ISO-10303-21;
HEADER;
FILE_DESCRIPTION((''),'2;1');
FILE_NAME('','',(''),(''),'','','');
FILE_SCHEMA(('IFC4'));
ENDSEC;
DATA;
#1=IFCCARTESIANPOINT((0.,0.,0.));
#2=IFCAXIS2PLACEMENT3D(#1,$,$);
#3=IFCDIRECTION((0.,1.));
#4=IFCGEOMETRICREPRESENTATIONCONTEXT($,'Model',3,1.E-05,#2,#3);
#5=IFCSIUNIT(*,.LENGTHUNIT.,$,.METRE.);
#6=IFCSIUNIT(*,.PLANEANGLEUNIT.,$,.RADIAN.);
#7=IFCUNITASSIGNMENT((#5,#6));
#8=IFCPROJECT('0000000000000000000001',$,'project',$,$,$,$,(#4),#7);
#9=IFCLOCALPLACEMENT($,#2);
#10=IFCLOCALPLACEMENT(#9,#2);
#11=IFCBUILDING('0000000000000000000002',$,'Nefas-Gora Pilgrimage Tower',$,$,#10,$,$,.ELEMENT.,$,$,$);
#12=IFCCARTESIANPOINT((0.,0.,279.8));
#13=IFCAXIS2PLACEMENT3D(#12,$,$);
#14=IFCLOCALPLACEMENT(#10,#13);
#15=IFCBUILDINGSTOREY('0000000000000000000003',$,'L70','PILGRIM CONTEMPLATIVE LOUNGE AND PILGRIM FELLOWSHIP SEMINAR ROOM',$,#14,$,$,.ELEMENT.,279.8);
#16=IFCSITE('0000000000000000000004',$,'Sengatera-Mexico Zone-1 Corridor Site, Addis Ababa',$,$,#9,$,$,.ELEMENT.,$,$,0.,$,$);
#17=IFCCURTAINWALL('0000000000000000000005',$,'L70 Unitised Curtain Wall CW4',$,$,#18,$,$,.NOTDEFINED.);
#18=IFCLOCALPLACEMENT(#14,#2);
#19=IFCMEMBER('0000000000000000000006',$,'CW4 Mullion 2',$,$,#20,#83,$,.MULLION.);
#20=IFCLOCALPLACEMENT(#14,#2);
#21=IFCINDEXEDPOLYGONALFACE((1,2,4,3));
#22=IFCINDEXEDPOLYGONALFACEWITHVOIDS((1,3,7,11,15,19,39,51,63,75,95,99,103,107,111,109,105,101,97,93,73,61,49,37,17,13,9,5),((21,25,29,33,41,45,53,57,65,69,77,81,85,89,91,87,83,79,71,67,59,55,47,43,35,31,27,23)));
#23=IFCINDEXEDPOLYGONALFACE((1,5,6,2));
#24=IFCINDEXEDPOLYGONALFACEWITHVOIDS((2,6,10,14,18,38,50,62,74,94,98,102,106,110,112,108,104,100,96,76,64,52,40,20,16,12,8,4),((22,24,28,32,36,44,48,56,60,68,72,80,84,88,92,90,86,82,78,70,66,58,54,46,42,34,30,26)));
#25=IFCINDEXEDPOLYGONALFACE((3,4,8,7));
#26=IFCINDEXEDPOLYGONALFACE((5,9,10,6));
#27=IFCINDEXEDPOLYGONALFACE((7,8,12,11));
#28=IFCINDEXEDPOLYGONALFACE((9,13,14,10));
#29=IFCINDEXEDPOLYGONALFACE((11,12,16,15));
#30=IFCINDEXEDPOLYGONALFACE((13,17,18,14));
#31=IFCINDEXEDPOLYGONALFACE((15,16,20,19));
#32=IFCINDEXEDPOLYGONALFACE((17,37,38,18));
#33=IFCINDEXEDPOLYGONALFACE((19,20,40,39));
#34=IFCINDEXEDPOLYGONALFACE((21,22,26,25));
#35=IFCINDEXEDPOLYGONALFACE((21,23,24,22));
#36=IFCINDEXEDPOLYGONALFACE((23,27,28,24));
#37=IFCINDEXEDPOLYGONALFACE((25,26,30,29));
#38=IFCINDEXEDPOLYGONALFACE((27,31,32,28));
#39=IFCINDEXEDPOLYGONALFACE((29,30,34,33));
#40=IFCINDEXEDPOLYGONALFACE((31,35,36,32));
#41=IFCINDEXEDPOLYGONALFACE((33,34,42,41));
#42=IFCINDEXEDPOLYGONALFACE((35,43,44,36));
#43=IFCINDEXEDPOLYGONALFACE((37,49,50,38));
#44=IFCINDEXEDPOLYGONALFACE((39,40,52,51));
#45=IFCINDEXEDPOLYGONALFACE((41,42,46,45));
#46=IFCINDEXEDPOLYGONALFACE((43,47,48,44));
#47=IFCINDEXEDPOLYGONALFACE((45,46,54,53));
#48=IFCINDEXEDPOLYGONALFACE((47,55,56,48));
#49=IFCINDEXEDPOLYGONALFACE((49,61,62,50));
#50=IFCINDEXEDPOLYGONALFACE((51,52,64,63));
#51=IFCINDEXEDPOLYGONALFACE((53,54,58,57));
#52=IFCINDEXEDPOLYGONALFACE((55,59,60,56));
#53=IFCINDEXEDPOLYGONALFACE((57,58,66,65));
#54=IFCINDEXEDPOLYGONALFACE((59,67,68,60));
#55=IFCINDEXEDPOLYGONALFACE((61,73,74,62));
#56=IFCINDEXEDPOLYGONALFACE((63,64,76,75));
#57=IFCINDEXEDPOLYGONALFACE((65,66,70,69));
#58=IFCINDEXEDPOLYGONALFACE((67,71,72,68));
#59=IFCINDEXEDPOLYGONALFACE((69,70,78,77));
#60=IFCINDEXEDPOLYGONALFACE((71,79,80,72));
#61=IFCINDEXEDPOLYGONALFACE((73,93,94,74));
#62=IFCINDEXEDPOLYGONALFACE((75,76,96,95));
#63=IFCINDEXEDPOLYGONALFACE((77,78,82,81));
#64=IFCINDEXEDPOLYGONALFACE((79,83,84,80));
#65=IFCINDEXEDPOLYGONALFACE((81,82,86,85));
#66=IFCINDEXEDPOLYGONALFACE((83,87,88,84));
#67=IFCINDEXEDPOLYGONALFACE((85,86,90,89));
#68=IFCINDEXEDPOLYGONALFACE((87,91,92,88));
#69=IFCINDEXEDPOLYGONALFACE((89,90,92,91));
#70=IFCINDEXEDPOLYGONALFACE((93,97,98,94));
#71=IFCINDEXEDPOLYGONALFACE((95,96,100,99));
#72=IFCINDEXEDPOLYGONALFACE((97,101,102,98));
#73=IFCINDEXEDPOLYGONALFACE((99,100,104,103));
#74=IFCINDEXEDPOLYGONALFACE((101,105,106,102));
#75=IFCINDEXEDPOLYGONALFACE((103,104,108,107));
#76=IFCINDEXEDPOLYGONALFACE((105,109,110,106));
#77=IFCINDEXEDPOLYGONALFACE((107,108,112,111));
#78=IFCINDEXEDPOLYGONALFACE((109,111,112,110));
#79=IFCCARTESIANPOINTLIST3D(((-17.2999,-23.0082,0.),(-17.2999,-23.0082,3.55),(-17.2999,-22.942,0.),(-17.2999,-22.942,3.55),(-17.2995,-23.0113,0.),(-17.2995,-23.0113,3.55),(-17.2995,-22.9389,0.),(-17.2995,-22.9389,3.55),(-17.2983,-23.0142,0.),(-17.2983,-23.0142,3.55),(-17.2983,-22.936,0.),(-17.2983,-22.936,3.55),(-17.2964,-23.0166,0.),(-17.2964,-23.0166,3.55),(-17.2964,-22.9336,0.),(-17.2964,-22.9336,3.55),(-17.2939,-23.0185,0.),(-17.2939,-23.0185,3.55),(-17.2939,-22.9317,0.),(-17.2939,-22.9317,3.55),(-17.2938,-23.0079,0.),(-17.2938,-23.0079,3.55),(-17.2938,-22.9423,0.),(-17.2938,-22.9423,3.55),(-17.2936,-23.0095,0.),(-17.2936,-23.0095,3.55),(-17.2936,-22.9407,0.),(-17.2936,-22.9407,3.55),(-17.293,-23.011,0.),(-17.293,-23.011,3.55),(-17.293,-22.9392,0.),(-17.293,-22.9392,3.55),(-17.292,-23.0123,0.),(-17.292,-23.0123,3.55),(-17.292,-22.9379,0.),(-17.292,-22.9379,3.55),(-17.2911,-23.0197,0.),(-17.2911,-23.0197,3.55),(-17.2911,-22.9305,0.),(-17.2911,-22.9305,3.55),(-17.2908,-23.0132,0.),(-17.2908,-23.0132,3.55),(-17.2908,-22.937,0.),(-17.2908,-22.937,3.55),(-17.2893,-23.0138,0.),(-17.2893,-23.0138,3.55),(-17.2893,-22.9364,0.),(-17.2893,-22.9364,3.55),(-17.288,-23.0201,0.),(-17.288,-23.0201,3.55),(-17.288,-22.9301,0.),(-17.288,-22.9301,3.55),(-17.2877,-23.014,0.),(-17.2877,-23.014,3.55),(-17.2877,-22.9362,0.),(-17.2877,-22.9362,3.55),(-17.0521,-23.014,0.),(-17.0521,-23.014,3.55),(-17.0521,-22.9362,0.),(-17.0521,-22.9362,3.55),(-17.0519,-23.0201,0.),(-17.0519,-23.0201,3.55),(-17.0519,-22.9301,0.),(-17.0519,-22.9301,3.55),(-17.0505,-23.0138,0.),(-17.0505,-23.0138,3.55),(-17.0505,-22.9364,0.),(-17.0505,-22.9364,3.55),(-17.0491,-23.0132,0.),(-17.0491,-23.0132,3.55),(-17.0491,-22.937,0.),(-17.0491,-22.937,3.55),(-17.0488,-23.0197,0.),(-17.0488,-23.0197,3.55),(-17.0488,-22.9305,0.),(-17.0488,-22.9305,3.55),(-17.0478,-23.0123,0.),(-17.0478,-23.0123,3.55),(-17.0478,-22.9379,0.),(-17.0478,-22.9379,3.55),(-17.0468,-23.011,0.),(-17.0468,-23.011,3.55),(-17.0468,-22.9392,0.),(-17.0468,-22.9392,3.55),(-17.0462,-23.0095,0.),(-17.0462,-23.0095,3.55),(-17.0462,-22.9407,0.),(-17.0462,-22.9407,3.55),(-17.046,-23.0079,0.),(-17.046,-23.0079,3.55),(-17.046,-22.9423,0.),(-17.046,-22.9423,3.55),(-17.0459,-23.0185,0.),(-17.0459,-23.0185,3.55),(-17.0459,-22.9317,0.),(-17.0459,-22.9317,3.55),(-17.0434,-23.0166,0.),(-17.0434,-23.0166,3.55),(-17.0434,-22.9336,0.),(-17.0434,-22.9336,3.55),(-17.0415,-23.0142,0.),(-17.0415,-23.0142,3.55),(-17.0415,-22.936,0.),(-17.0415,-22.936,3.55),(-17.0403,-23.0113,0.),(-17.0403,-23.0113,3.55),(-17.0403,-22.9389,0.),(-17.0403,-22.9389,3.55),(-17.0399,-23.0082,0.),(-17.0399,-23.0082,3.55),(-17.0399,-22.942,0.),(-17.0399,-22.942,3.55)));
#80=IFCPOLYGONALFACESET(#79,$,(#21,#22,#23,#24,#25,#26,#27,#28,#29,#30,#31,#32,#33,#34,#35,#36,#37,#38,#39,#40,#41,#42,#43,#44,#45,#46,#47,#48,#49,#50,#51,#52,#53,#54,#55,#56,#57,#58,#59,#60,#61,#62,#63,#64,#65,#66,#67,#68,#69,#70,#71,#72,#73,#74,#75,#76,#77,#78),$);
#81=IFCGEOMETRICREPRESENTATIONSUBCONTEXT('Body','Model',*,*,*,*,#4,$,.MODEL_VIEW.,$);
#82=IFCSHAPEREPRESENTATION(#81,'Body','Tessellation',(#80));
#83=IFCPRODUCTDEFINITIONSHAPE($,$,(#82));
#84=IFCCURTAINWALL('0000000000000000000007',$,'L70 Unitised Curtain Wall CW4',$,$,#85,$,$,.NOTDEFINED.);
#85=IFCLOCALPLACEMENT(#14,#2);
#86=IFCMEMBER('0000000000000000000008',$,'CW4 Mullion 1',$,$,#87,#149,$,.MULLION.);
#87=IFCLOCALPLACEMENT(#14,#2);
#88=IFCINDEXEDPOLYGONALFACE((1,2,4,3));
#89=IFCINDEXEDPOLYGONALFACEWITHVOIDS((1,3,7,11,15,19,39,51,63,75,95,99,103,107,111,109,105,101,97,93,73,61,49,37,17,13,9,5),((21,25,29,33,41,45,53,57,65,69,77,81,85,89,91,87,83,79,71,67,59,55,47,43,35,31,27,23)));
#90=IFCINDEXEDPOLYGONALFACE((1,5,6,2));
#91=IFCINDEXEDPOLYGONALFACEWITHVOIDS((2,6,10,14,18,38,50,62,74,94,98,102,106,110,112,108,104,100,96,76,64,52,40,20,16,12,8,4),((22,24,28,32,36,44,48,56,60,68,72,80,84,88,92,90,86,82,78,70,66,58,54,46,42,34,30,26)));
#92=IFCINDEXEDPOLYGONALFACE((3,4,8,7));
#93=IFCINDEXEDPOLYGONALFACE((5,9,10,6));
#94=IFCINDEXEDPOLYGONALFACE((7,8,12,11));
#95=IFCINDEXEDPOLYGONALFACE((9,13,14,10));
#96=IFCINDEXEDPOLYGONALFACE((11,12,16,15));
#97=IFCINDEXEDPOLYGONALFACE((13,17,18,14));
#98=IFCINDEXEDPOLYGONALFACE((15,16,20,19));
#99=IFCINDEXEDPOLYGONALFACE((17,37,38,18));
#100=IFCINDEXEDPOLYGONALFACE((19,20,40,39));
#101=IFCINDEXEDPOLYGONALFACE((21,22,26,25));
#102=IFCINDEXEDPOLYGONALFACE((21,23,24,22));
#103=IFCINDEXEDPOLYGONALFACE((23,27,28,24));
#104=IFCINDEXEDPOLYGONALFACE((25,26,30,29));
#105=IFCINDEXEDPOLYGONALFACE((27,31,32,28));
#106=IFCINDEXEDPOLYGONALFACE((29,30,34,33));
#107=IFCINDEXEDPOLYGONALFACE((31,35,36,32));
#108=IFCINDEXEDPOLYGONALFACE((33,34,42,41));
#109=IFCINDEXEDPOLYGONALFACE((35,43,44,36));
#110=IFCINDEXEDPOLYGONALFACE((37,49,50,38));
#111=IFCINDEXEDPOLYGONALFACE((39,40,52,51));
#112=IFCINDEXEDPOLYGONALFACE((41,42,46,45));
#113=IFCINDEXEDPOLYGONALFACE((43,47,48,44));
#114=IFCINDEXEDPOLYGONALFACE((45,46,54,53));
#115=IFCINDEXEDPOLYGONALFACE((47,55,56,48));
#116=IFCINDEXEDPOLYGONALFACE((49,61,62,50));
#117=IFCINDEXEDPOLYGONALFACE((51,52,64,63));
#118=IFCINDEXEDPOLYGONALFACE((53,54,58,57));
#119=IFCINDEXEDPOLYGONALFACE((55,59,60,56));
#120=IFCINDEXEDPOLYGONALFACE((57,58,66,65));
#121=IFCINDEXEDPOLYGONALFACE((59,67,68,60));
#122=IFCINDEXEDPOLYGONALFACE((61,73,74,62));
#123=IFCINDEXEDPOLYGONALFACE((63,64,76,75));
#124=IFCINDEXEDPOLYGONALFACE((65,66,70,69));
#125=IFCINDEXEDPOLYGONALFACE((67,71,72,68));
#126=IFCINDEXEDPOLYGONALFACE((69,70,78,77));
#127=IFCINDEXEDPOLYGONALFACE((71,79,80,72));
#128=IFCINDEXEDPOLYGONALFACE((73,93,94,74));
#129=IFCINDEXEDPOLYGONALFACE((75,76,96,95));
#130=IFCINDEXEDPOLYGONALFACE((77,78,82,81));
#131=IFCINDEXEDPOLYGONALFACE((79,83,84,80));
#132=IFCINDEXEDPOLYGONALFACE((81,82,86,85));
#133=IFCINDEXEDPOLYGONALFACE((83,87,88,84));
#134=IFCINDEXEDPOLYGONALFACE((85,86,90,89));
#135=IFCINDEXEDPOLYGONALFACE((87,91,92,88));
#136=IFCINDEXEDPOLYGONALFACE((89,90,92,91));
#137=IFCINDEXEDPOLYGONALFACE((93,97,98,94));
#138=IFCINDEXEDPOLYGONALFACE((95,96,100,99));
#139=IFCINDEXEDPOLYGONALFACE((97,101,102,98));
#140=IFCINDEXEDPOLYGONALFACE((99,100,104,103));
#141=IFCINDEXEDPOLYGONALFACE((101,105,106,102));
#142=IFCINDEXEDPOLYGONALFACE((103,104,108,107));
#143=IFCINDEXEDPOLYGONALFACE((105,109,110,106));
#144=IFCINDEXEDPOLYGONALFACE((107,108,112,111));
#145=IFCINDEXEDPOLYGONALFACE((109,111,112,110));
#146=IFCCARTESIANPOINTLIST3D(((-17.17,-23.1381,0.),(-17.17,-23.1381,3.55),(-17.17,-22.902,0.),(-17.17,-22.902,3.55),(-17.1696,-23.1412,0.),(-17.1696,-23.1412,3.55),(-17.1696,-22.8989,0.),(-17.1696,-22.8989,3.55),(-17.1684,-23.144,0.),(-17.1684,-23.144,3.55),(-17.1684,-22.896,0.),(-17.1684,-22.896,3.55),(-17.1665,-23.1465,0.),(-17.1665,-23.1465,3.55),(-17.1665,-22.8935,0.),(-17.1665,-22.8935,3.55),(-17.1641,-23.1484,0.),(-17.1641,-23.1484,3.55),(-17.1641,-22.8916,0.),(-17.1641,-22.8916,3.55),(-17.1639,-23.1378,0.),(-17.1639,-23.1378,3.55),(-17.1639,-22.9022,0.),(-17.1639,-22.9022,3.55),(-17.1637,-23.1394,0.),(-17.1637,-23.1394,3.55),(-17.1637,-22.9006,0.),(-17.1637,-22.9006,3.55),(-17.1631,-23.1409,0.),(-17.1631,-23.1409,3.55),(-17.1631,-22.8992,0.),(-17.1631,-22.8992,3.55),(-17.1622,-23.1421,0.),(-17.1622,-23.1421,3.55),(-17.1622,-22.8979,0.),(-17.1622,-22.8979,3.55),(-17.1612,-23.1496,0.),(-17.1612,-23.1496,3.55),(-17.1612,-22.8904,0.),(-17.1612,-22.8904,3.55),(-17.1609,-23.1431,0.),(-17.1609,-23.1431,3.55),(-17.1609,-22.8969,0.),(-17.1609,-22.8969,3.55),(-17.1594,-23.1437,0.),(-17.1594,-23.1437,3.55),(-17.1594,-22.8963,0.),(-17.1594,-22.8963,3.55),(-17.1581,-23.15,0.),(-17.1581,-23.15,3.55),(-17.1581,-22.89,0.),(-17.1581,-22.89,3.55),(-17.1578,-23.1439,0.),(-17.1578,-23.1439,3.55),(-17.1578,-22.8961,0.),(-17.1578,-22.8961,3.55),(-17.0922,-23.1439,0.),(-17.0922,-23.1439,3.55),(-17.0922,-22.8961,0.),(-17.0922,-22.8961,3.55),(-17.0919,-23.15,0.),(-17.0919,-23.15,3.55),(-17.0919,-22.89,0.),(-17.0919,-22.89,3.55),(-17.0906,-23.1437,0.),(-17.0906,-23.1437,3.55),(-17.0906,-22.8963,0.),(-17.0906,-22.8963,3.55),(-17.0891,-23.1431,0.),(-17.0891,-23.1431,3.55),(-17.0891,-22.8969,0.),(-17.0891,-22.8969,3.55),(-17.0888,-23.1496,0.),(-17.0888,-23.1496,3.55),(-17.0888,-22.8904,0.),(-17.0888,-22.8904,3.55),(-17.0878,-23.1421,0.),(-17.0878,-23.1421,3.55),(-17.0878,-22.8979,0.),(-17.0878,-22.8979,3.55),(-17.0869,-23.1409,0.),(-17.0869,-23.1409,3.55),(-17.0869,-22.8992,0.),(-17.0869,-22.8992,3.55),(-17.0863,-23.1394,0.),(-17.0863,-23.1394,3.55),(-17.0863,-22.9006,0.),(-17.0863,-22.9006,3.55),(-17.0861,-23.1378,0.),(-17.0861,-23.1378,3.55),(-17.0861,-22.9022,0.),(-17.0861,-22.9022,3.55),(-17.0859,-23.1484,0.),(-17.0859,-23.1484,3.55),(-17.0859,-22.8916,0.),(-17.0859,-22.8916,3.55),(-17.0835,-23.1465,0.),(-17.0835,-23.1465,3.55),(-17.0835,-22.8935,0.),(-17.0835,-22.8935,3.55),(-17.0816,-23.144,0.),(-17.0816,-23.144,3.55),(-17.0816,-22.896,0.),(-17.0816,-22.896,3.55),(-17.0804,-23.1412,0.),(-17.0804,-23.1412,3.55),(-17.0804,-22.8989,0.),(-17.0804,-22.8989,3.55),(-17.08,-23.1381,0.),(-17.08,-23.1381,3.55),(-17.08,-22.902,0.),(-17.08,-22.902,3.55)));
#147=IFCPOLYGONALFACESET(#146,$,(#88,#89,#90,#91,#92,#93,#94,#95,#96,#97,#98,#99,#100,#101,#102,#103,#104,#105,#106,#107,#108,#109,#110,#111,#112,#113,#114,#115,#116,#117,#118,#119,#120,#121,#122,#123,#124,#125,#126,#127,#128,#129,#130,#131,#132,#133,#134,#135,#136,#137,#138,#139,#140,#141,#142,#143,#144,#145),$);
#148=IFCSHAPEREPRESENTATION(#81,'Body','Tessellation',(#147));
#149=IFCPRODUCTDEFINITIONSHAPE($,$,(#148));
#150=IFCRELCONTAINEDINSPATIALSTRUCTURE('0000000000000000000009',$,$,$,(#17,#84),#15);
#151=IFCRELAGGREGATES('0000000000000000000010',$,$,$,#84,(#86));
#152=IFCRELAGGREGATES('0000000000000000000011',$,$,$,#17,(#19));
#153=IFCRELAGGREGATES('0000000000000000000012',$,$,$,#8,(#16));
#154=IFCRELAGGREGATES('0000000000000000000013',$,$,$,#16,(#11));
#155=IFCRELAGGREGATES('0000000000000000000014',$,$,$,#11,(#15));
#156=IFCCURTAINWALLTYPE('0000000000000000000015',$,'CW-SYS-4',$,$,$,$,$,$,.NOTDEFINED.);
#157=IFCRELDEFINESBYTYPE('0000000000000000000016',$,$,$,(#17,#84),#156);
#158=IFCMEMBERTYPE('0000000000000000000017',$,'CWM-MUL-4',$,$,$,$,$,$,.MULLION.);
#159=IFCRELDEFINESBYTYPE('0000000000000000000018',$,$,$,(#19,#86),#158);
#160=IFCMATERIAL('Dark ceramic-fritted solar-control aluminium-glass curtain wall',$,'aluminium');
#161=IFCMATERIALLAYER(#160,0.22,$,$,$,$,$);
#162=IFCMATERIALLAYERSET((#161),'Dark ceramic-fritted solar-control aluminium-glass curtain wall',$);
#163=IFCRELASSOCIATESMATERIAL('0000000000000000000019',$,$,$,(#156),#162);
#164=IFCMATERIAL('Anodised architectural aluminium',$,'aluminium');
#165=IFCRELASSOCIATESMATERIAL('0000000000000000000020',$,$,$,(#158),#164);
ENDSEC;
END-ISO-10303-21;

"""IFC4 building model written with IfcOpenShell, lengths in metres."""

from ifc_helpers import new_model, si_unit, direction, frame, origin, origin_2d, place, context, subcontext, project, spatial, hollow_rectangle, extrude, source, transform, mapped, material, layer, layer_set, material_profile, profile_set, type_object, element, aggregate, save


model = new_model("IFC4")

# Units and contexts
model_context = context("Model", 3, precision=1e-05, world=origin(), true_north=direction((0.0, 1.0)))
body_context = subcontext(model_context, "Body", "Model", "MODEL_VIEW")
ifc_project = project(units=[si_unit("LENGTHUNIT", "METRE"), si_unit("PLANEANGLEUNIT", "RADIAN")], contexts=[model_context])

# Site, building, storey
site_placement = place(None, origin())
site = spatial("IfcSite", under=ifc_project, at=site_placement, Name="Sengatera-Mexico Zone-1 Corridor Site, Addis Ababa", CompositionType="ELEMENT", RefElevation=0.0)
building_placement = place(site_placement, origin())
building = spatial("IfcBuilding", under=site, at=building_placement, Name="Nefas-Gora Pilgrimage Tower", CompositionType="ELEMENT")
storey_placement = place(building_placement, frame((0.0, 0.0, 279.8)))
storey = spatial("IfcBuildingStorey", under=building, at=storey_placement, Name="L70", Description="PILGRIM CONTEMPLATIVE LOUNGE AND PILGRIM FELLOWSHIP SEMINAR ROOM", CompositionType="ELEMENT", Elevation=279.8)

# Shared definitions
ifc_material_1 = material(Name="Dark ceramic-fritted solar-control aluminium-glass curtain wall", Category="aluminium")
ifc_layer_1 = layer(ifc_material_1, 0.22)
ifc_layer_set_1 = layer_set([ifc_layer_1], Name="Dark ceramic-fritted solar-control aluminium-glass curtain wall")
curtain_wall_type = type_object("IfcCurtainWallType", Name="CW-SYS-4", PredefinedType="NOTDEFINED", material=ifc_layer_set_1)
ifc_material_2 = material(Name="Anodised architectural aluminium", Category="aluminium")
ifc_material_profile_1 = material_profile(ifc_material_2, hollow_rectangle(XDim=0.0901, YDim=0.26, WallThickness=0.0061, InnerFilletRadius=0.0061, OuterFilletRadius=0.012, at=origin_2d()), Name="ALU MULLION 90x260")
ifc_profile_set_1 = profile_set([ifc_material_profile_1], Name="Anodised architectural aluminium")
member_type_1 = type_object("IfcMemberType", Name="CWM-MUL-4", PredefinedType="MULLION", material=ifc_profile_set_1)
shared_shape_1 = source(origin(), body_context, "Body", "SweptSolid", [
    extrude(hollow_rectangle(XDim=0.0901, YDim=0.26, WallThickness=0.0061, InnerFilletRadius=0.0061, OuterFilletRadius=0.012, at=origin_2d()), origin(), (0.0, 0.0, 1.0), 3.55),
])

# Curtain wall, member
curtain_wall_1_placement = place(storey_placement, origin())
curtain_wall_1 = element("IfcCurtainWall", 1, at=curtain_wall_1_placement, inside=storey, type_object=curtain_wall_type, Name="L70 Unitised Curtain Wall CW4", PredefinedType="NOTDEFINED")
member_1_placement = place(storey_placement, frame((-17.1699, -22.9751, 0.0), z_axis=(0.0, 0.0, 1.0), x_axis=(0.0, -1.0, 0.0)))
member_1 = element("IfcMember", 2, at=member_1_placement, type_object=member_type_1, Name="CW4 Mullion 2", PredefinedType="MULLION", context=body_context, shape_type="MappedRepresentation", body=[
    mapped(shared_shape_1, transform((0.0, 0.0, 0.0), x_axis=(1.0, 0.0, 0.0), y_axis=(0.0, 1.0, 0.0), z_axis=(0.0, 0.0, 1.0), scale=1.0)),
])

# Curtain wall, member
curtain_wall_2_placement = place(storey_placement, origin())
curtain_wall_2 = element("IfcCurtainWall", 3, at=curtain_wall_2_placement, inside=storey, type_object=curtain_wall_type, Name="L70 Unitised Curtain Wall CW4", PredefinedType="NOTDEFINED")
member_2_placement = place(storey_placement, frame((-17.125, -23.02, 0.0), z_axis=(0.0, 0.0, 1.0), x_axis=(1.0, 0.0, 0.0)))
member_2 = element("IfcMember", 4, at=member_2_placement, type_object=member_type_1, Name="CW4 Mullion 1", PredefinedType="MULLION", context=body_context, shape_type="MappedRepresentation", body=[
    mapped(shared_shape_1, transform((0.0, 0.0, 0.0), x_axis=(1.0, 0.0, 0.0), y_axis=(0.0, 1.0, 0.0), z_axis=(0.0, 0.0, 1.0), scale=1.0)),
])

aggregate(curtain_wall_2, [member_2])

aggregate(curtain_wall_1, [member_1])

save(model, "model.ifc")
